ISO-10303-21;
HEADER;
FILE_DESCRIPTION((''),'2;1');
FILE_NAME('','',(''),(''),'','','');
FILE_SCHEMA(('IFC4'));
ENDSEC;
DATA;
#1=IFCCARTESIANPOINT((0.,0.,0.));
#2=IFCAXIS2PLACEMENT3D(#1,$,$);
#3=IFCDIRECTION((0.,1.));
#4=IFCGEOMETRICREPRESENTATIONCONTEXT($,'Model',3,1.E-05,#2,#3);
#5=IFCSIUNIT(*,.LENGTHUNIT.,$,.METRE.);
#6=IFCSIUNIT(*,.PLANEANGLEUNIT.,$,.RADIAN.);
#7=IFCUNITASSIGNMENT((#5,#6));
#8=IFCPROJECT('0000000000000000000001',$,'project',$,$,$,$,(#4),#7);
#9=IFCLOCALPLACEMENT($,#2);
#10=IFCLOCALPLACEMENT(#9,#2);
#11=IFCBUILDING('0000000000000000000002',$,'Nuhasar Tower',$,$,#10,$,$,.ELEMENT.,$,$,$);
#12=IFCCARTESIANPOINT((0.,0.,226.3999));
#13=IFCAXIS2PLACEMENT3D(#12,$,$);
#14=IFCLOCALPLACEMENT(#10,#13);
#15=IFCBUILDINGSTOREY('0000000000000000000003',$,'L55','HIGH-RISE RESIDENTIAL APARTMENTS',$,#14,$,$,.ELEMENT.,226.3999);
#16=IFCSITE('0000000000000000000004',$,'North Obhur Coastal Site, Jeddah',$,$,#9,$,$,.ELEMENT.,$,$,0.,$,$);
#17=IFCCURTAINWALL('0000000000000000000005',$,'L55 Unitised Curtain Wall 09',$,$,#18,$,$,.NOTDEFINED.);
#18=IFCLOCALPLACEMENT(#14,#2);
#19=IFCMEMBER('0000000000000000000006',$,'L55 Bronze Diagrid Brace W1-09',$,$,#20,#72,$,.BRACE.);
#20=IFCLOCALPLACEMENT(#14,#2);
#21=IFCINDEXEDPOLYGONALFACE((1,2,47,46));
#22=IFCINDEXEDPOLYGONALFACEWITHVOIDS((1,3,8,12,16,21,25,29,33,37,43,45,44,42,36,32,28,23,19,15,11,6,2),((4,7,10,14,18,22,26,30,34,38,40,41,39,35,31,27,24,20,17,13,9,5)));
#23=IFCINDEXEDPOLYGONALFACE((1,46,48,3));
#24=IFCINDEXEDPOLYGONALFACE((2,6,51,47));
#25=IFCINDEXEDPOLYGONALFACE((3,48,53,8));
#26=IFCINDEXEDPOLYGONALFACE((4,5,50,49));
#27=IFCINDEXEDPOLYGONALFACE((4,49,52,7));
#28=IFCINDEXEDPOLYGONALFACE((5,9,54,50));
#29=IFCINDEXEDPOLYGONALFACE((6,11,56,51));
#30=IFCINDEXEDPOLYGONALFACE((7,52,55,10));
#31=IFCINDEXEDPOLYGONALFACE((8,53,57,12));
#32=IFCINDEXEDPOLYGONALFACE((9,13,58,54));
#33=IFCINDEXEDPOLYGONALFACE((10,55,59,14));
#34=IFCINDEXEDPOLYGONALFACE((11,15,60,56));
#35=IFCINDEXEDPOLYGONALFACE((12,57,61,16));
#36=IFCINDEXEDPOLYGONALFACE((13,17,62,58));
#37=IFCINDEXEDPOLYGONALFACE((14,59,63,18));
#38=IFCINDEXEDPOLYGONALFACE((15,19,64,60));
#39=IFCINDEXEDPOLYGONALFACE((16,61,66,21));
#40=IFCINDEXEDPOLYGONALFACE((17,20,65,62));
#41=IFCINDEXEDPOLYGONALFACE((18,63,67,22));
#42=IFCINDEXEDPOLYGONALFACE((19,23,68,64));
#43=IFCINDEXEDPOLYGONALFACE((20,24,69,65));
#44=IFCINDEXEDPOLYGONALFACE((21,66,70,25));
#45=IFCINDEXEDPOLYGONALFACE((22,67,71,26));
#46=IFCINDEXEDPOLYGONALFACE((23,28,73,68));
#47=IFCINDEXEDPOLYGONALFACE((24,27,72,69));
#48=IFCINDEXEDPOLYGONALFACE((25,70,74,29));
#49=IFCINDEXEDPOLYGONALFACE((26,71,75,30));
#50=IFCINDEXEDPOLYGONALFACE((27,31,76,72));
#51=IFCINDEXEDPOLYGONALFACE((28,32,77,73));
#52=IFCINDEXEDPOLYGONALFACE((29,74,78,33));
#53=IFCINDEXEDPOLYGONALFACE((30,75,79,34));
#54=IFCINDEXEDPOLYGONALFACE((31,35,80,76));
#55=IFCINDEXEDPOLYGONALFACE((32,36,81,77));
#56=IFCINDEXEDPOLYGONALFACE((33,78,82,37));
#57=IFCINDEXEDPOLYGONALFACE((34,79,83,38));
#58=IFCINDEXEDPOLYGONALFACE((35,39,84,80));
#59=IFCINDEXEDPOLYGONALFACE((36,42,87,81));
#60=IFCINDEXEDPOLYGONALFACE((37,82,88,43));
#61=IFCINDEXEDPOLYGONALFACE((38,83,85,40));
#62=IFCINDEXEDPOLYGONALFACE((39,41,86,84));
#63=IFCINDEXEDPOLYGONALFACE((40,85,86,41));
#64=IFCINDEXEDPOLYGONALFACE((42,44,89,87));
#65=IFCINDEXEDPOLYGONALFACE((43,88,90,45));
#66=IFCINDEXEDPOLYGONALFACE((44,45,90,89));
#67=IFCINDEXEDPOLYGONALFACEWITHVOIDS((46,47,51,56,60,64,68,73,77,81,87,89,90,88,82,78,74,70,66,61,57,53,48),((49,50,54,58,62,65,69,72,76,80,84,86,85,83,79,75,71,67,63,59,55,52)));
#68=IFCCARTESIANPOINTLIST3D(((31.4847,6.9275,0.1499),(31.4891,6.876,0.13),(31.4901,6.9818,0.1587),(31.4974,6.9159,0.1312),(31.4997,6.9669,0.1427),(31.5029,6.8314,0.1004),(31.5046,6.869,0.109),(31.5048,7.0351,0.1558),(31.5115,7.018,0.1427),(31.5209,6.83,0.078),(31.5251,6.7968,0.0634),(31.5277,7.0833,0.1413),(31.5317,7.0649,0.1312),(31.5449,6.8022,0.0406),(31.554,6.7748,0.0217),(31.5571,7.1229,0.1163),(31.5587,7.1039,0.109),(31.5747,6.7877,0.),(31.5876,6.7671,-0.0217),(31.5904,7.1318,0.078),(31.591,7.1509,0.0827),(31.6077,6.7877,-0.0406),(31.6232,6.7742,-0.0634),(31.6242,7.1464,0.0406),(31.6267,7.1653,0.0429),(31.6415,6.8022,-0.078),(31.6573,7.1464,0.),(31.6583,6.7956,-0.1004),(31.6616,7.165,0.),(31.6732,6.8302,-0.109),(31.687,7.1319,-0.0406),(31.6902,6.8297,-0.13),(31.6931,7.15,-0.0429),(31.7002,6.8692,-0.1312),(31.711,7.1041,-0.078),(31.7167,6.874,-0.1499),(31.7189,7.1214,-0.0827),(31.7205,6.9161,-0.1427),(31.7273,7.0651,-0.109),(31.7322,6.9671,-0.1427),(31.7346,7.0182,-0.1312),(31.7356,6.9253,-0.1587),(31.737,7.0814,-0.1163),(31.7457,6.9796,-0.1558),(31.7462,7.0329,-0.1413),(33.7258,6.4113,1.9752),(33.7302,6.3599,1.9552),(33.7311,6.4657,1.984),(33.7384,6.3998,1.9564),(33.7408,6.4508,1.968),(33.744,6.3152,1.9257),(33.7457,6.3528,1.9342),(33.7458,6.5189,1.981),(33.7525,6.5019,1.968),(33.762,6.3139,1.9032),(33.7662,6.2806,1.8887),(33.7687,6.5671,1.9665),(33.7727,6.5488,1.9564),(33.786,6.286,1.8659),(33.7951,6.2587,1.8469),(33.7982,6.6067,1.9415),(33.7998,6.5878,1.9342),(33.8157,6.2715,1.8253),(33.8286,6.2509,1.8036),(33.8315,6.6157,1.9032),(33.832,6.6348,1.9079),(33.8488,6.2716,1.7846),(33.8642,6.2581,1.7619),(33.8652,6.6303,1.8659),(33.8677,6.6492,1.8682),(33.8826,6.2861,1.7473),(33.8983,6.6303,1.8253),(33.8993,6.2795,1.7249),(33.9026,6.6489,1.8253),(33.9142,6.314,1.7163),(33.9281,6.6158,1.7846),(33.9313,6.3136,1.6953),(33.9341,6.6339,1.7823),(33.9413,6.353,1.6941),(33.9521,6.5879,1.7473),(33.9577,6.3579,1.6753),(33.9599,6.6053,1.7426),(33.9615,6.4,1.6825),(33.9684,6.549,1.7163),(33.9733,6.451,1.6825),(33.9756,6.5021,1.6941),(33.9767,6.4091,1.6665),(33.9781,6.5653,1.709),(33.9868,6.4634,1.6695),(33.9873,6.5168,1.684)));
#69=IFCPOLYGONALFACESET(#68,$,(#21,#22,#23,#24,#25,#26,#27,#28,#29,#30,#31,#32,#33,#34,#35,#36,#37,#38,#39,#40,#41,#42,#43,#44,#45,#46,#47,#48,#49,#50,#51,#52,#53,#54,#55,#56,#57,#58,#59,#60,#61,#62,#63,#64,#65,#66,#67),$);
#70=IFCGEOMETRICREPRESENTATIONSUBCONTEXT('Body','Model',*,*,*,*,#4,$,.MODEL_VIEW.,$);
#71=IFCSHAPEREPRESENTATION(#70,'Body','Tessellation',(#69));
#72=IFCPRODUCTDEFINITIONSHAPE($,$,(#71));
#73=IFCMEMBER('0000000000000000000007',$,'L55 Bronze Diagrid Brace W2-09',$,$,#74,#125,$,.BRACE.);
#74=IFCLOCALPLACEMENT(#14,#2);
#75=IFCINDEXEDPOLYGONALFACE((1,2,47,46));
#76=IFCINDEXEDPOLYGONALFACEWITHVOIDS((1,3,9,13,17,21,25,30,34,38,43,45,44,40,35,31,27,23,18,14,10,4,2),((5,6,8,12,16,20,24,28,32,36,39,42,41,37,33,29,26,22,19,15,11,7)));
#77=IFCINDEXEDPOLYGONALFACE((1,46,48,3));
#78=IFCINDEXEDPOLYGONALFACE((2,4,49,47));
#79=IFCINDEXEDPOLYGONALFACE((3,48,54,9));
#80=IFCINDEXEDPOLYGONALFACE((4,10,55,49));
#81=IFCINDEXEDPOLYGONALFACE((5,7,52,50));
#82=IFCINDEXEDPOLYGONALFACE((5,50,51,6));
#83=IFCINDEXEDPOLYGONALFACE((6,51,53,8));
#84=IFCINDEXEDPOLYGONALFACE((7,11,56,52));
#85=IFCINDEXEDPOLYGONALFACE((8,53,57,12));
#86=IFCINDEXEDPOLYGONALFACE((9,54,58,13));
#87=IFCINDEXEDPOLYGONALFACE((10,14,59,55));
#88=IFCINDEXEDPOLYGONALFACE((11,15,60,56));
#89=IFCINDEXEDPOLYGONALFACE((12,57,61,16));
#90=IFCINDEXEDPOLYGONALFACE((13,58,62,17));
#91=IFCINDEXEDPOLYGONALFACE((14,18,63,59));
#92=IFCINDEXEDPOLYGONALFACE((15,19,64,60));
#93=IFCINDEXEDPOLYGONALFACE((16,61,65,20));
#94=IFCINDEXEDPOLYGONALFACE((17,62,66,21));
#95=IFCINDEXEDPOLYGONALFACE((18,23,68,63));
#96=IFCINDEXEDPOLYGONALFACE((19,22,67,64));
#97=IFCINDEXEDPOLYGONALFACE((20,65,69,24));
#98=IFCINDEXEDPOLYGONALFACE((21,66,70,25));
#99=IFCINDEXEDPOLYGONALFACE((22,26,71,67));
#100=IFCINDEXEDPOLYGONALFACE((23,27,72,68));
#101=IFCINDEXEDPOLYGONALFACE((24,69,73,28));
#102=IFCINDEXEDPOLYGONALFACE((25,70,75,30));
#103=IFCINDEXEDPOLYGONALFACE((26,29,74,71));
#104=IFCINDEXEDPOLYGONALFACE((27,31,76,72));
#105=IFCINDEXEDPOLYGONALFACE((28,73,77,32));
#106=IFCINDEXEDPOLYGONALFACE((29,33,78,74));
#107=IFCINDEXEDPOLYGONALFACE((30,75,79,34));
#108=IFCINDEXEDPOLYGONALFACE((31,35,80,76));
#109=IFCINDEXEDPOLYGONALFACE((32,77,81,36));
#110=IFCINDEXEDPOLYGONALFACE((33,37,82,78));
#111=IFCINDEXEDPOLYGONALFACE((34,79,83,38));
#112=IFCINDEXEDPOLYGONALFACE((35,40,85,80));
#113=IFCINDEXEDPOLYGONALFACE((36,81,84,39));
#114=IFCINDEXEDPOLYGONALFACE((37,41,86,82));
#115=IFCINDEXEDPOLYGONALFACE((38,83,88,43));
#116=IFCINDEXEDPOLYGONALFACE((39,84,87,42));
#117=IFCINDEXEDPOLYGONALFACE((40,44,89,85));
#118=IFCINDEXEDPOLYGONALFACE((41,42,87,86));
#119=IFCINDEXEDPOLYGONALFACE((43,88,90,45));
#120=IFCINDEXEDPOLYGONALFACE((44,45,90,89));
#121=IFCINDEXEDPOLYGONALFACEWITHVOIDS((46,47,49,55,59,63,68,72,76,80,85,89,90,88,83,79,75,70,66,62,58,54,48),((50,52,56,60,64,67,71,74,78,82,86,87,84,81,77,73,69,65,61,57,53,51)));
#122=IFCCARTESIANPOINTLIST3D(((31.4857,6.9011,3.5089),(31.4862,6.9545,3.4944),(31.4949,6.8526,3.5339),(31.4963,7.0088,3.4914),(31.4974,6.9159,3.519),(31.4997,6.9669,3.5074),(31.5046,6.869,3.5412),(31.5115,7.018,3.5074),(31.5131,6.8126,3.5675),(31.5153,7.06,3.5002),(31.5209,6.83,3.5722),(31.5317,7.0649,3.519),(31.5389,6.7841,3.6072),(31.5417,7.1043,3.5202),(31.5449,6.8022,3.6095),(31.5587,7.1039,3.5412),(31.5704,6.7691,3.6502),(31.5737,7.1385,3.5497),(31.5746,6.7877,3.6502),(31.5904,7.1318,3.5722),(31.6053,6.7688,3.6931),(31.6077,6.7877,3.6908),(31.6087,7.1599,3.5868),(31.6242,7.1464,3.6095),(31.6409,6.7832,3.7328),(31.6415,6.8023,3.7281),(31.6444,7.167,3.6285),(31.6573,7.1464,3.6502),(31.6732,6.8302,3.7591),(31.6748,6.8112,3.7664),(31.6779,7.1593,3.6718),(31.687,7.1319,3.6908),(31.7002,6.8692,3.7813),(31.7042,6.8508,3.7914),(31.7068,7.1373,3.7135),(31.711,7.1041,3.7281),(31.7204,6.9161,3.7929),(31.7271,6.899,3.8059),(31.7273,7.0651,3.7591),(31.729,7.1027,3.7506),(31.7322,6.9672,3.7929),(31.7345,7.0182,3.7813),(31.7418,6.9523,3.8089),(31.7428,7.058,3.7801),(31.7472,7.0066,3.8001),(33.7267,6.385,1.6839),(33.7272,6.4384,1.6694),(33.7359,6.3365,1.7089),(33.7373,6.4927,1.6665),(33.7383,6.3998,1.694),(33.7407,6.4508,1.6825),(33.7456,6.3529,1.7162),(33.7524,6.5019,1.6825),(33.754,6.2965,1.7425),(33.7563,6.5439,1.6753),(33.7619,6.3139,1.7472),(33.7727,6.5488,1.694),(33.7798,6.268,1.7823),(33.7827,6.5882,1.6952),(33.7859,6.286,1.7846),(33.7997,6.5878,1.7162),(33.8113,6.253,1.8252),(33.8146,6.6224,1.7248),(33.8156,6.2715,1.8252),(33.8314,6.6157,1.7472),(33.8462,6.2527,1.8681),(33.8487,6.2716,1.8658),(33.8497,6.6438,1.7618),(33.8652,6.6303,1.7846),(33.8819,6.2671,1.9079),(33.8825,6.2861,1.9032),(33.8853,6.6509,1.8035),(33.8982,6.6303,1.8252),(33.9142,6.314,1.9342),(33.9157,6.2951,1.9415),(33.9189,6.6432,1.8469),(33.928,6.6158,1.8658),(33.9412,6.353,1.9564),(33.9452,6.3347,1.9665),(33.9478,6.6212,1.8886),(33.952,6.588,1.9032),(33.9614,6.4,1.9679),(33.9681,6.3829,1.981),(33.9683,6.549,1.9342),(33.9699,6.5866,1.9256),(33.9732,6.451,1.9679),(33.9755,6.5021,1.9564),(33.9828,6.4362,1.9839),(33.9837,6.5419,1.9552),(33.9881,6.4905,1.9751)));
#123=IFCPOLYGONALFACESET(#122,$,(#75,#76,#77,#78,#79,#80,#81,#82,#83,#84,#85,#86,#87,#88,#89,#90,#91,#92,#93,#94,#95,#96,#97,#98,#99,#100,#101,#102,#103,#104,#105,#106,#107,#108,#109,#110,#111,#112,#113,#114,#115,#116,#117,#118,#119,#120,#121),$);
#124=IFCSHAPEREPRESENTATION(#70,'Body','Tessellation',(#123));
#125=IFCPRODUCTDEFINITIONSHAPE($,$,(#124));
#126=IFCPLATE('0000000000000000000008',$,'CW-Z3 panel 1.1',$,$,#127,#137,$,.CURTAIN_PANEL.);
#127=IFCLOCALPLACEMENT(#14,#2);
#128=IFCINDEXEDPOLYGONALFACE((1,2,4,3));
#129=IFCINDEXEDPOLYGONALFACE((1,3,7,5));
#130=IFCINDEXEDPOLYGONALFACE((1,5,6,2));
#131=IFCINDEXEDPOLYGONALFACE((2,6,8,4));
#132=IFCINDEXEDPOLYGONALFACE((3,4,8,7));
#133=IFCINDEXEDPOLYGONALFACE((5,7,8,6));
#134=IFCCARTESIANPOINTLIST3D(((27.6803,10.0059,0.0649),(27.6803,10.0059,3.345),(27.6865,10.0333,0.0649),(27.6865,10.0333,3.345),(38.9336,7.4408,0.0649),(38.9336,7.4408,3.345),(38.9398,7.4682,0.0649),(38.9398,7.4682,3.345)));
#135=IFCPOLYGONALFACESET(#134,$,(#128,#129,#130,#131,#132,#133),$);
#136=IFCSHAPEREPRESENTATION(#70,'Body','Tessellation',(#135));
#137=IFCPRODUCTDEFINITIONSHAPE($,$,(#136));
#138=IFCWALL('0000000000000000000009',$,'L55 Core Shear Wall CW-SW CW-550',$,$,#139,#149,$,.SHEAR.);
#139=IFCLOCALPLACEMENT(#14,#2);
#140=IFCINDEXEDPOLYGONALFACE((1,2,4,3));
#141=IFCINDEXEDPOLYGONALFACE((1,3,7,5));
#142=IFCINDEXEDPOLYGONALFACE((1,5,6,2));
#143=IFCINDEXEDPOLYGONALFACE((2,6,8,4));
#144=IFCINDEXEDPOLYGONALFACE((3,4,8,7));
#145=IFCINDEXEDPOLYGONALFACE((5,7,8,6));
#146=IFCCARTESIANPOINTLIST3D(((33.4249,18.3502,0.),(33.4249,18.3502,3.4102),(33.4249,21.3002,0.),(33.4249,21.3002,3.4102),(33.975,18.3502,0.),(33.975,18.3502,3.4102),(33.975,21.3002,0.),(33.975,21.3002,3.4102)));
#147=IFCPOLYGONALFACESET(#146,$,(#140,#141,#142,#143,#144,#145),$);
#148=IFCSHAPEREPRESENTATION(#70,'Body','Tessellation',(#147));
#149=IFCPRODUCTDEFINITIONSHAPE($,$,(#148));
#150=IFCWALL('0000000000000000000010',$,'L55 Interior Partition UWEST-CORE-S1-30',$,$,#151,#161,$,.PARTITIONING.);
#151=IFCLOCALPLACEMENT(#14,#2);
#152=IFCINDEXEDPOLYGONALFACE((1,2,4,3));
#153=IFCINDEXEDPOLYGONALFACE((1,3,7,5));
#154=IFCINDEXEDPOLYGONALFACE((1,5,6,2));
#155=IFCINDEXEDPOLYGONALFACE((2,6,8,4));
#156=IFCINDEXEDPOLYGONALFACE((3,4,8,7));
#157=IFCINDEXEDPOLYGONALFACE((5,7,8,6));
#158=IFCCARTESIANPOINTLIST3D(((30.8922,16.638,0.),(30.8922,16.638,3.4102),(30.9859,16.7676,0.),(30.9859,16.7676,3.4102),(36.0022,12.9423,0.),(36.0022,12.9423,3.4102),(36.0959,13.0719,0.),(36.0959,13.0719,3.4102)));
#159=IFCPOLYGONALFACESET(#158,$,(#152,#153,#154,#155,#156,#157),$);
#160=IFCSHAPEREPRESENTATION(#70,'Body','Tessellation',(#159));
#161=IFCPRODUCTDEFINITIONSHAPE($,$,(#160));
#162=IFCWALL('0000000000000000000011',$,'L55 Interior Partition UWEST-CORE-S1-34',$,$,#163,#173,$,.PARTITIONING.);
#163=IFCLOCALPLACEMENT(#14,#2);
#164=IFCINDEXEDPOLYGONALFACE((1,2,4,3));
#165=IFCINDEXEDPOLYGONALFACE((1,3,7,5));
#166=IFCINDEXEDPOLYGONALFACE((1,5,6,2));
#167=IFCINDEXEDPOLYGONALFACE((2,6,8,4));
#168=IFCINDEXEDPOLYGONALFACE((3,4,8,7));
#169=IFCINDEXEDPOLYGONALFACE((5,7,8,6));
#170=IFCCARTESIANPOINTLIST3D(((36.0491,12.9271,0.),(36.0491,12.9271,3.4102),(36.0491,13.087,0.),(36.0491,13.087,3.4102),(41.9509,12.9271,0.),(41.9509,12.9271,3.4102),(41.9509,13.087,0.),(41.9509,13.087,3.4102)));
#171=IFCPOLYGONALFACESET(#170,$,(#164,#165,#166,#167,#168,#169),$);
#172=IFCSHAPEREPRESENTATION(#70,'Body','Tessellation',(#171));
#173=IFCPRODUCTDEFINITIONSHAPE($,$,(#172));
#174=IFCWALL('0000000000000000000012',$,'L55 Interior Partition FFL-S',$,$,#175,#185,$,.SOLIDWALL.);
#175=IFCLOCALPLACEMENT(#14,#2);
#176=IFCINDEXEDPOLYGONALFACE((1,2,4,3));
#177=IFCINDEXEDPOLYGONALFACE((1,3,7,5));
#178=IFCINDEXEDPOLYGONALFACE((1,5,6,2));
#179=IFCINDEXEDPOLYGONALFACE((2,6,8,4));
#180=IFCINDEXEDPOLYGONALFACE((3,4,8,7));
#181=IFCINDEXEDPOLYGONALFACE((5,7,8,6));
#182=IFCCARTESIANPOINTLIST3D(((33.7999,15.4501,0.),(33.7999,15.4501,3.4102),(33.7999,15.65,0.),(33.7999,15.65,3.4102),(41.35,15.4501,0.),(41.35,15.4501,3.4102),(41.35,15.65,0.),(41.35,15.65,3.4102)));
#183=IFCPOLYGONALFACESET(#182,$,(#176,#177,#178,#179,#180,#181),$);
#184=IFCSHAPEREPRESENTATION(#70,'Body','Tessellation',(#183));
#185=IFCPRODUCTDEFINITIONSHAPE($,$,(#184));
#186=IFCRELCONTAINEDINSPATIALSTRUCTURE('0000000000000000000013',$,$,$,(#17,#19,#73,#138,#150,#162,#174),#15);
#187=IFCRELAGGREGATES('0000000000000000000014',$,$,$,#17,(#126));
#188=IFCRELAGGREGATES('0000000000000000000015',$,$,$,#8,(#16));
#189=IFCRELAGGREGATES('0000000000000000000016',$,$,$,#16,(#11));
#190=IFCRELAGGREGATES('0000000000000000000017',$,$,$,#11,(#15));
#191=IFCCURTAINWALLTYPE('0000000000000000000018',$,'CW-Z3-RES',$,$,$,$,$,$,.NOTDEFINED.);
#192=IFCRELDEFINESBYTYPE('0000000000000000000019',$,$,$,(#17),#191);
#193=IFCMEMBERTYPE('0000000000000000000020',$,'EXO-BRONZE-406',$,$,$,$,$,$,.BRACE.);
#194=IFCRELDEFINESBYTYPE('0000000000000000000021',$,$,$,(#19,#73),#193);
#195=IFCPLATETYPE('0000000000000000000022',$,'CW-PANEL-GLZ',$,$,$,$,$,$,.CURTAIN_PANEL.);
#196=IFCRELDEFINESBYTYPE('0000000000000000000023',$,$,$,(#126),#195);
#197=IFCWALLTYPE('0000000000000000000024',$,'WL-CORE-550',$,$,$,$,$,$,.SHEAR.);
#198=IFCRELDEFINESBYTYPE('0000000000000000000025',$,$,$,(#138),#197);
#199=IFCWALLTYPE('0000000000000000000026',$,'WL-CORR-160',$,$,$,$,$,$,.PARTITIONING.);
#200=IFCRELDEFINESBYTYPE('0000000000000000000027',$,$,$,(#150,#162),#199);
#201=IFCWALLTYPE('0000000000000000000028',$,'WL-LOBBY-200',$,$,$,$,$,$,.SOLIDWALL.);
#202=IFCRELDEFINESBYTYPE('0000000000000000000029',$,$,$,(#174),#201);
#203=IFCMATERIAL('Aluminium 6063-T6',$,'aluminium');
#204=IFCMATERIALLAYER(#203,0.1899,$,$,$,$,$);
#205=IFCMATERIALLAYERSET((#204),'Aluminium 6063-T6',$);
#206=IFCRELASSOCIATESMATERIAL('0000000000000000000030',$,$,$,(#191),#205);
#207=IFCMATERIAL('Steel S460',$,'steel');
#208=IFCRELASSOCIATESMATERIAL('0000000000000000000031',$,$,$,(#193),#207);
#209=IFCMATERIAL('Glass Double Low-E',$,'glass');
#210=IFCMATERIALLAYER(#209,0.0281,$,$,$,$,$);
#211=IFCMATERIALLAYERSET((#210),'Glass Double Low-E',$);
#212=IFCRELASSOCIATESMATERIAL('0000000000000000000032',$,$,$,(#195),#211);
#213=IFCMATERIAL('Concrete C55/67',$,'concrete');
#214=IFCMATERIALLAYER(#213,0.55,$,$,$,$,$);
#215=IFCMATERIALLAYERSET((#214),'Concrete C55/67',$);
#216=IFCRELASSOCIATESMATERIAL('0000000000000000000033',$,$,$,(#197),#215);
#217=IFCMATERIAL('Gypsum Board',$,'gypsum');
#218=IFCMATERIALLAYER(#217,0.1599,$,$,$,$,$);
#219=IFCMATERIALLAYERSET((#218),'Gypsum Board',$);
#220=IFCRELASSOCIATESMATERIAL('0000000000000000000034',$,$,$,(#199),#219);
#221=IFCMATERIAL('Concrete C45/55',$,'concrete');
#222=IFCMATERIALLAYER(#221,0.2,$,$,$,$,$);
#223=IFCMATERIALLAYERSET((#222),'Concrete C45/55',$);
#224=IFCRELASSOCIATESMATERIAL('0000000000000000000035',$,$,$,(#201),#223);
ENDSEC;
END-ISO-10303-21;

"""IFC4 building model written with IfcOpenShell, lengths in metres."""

from ifc_helpers import new_model, si_unit, direction, frame, frame_2d, origin, origin_2d, place, context, subcontext, project, spatial, rectangle, hollow_circle, extrude, material, layer, layer_set, material_profile, profile_set, type_object, element, aggregate, save


model = new_model("IFC4")

# Units and contexts
model_context = context("Model", 3, precision=1e-05, world=origin(), true_north=direction((0.0, 1.0)))
body_context = subcontext(model_context, "Body", "Model", "MODEL_VIEW")
ifc_project = project(units=[si_unit("LENGTHUNIT", "METRE"), si_unit("PLANEANGLEUNIT", "RADIAN")], contexts=[model_context])

# Site, building, storey
site_placement = place(None, origin())
site = spatial("IfcSite", under=ifc_project, at=site_placement, Name="North Obhur Coastal Site, Jeddah", CompositionType="ELEMENT", RefElevation=0.0)
building_placement = place(site_placement, origin())
building = spatial("IfcBuilding", under=site, at=building_placement, Name="Nuhasar Tower", CompositionType="ELEMENT")
storey_placement = place(building_placement, frame((0.0, 0.0, 226.3999)))
storey = spatial("IfcBuildingStorey", under=building, at=storey_placement, Name="L55", Description="HIGH-RISE RESIDENTIAL APARTMENTS", CompositionType="ELEMENT", Elevation=226.3999)

# Shared definitions
ifc_material_1 = material(Name="Concrete C55/67", Category="concrete")

# Curtain wall
ifc_material_2 = material(Name="Aluminium 6063-T6", Category="aluminium")
ifc_layer_1 = layer(ifc_material_2, 0.1899)
ifc_layer_set_1 = layer_set([ifc_layer_1], Name="Aluminium 6063-T6")
curtain_wall_type = type_object("IfcCurtainWallType", Name="CW-Z3-RES", PredefinedType="NOTDEFINED", material=ifc_layer_set_1)
curtain_wall_placement = place(storey_placement, origin())
curtain_wall = element("IfcCurtainWall", 1, at=curtain_wall_placement, inside=storey, type_object=curtain_wall_type, Name="L55 Unitised Curtain Wall 09", PredefinedType="NOTDEFINED")

# Members
ifc_material_3 = material(Name="Steel S460", Category="steel")
ifc_material_profile_1 = material_profile(ifc_material_3, hollow_circle(Radius=0.2031, WallThickness=0.019, at=origin_2d()), Name="HSS406.4X19.1")
ifc_profile_set_1 = profile_set([ifc_material_profile_1], Name="Steel S460")
member_type_1 = type_object("IfcMemberType", Name="EXO-BRONZE-406", PredefinedType="BRACE", material=ifc_profile_set_1)
member_1_placement = place(storey_placement, frame((31.616, 6.967, 0.0), z_axis=(0.763292, -0.175793, 0.621677), x_axis=(0.224433, 0.97449, 0.0)))
element("IfcMember", 2, at=member_1_placement, inside=storey, type_object=member_type_1, Name="L55 Bronze Diagrid Brace W1-09", PredefinedType="BRACE", context=body_context, shape_type="SweptSolid", body=[
    extrude(hollow_circle(Radius=0.2031, WallThickness=0.019, at=origin_2d()), origin(), (0.0, 0.0, 1.0), 2.936),
])
member_2_placement = place(storey_placement, frame((33.8569, 6.4509, 1.8252), z_axis=(-0.763332, 0.175802, 0.621626), x_axis=(-0.224433, -0.97449, 0.0)))
element("IfcMember", 3, at=member_2_placement, inside=storey, type_object=member_type_1, Name="L55 Bronze Diagrid Brace W2-09", PredefinedType="BRACE", context=body_context, shape_type="SweptSolid", body=[
    extrude(hollow_circle(Radius=0.2031, WallThickness=0.019, at=origin_2d()), origin(), (0.0, 0.0, 1.0), 2.9358),
])

# Plate
ifc_material_4 = material(Name="Glass Double Low-E", Category="glass")
ifc_layer_2 = layer(ifc_material_4, 0.0281)
ifc_layer_set_2 = layer_set([ifc_layer_2], Name="Glass Double Low-E")
plate_type = type_object("IfcPlateType", Name="CW-PANEL-GLZ", PredefinedType="CURTAIN_PANEL", material=ifc_layer_set_2)
plate_placement = place(storey_placement, frame((33.3101, 8.7371, 0.0649), z_axis=(0.0, 0.0, 1.0), x_axis=(0.974991, -0.222243, 0.0)))
plate = element("IfcPlate", 4, at=plate_placement, type_object=plate_type, Name="CW-Z3 panel 1.1", PredefinedType="CURTAIN_PANEL", context=body_context, shape_type="SweptSolid", body=[
    extrude(rectangle(XDim=11.542, YDim=0.0281, at=origin_2d()), origin(), (0.0, 0.0, 1.0), 3.28),
])
aggregate(curtain_wall, [plate])

# Walls
ifc_layer_3 = layer(ifc_material_1, 0.55)
ifc_layer_set_3 = layer_set([ifc_layer_3], Name="Concrete C55/67")
wall_type_1 = type_object("IfcWallType", Name="WL-CORE-550", PredefinedType="SHEAR", material=ifc_layer_set_3)
wall_1_placement = place(storey_placement, frame((33.7, 18.3501, 0.0), z_axis=(0.0, 0.0, 1.0), x_axis=(0.0, 1.0, 0.0)))
element("IfcWall", 5, at=wall_1_placement, inside=storey, type_object=wall_type_1, Name="L55 Core Shear Wall CW-SW CW-550", PredefinedType="SHEAR", context=body_context, shape_type="SweptSolid", body=[
    extrude(rectangle(XDim=2.95, YDim=0.55, at=frame_2d((1.4751, 0.0))), origin(), (0.0, 0.0, 1.0), 3.4102),
])
ifc_material_5 = material(Name="Gypsum Board", Category="gypsum")
ifc_layer_4 = layer(ifc_material_5, 0.1599)
ifc_layer_set_4 = layer_set([ifc_layer_4], Name="Gypsum Board")
wall_type_2 = type_object("IfcWallType", Name="WL-CORR-160", PredefinedType="PARTITIONING", material=ifc_layer_set_4)
wall_2_placement = place(storey_placement, frame((30.939, 16.7029, 0.0), z_axis=(0.0, 0.0, 1.0), x_axis=(0.81029, -0.586029, 0.0)))
element("IfcWall", 6, at=wall_2_placement, inside=storey, type_object=wall_type_2, Name="L55 Interior Partition UWEST-CORE-S1-30", PredefinedType="PARTITIONING", context=body_context, shape_type="SweptSolid", body=[
    extrude(rectangle(XDim=6.3064, YDim=0.1599, at=frame_2d((3.1533, 0.0))), origin(), (0.0, 0.0, 1.0), 3.4102),
])
wall_3_placement = place(storey_placement, frame((36.0491, 13.0071, 0.0), z_axis=(0.0, 0.0, 1.0), x_axis=(1.0, 0.0, 0.0)))
element("IfcWall", 7, at=wall_3_placement, inside=storey, type_object=wall_type_2, Name="L55 Interior Partition UWEST-CORE-S1-34", PredefinedType="PARTITIONING", context=body_context, shape_type="SweptSolid", body=[
    extrude(rectangle(XDim=5.9019, YDim=0.1599, at=frame_2d((2.9509, 0.0))), origin(), (0.0, 0.0, 1.0), 3.4102),
])
ifc_material_6 = material(Name="Concrete C45/55", Category="concrete")
ifc_layer_5 = layer(ifc_material_6, 0.2)
ifc_layer_set_5 = layer_set([ifc_layer_5], Name="Concrete C45/55")
wall_type_3 = type_object("IfcWallType", Name="WL-LOBBY-200", PredefinedType="SOLIDWALL", material=ifc_layer_set_5)
wall_4_placement = place(storey_placement, frame((33.8, 15.55, 0.0), z_axis=(0.0, 0.0, 1.0), x_axis=(1.0, 0.0, 0.0)))
element("IfcWall", 8, at=wall_4_placement, inside=storey, type_object=wall_type_3, Name="L55 Interior Partition FFL-S", PredefinedType="SOLIDWALL", context=body_context, shape_type="SweptSolid", body=[
    extrude(rectangle(XDim=7.55, YDim=0.2, at=frame_2d((3.7749, 0.0))), origin(), (0.0, 0.0, 1.0), 3.4102),
])

save(model, "model.ifc")
